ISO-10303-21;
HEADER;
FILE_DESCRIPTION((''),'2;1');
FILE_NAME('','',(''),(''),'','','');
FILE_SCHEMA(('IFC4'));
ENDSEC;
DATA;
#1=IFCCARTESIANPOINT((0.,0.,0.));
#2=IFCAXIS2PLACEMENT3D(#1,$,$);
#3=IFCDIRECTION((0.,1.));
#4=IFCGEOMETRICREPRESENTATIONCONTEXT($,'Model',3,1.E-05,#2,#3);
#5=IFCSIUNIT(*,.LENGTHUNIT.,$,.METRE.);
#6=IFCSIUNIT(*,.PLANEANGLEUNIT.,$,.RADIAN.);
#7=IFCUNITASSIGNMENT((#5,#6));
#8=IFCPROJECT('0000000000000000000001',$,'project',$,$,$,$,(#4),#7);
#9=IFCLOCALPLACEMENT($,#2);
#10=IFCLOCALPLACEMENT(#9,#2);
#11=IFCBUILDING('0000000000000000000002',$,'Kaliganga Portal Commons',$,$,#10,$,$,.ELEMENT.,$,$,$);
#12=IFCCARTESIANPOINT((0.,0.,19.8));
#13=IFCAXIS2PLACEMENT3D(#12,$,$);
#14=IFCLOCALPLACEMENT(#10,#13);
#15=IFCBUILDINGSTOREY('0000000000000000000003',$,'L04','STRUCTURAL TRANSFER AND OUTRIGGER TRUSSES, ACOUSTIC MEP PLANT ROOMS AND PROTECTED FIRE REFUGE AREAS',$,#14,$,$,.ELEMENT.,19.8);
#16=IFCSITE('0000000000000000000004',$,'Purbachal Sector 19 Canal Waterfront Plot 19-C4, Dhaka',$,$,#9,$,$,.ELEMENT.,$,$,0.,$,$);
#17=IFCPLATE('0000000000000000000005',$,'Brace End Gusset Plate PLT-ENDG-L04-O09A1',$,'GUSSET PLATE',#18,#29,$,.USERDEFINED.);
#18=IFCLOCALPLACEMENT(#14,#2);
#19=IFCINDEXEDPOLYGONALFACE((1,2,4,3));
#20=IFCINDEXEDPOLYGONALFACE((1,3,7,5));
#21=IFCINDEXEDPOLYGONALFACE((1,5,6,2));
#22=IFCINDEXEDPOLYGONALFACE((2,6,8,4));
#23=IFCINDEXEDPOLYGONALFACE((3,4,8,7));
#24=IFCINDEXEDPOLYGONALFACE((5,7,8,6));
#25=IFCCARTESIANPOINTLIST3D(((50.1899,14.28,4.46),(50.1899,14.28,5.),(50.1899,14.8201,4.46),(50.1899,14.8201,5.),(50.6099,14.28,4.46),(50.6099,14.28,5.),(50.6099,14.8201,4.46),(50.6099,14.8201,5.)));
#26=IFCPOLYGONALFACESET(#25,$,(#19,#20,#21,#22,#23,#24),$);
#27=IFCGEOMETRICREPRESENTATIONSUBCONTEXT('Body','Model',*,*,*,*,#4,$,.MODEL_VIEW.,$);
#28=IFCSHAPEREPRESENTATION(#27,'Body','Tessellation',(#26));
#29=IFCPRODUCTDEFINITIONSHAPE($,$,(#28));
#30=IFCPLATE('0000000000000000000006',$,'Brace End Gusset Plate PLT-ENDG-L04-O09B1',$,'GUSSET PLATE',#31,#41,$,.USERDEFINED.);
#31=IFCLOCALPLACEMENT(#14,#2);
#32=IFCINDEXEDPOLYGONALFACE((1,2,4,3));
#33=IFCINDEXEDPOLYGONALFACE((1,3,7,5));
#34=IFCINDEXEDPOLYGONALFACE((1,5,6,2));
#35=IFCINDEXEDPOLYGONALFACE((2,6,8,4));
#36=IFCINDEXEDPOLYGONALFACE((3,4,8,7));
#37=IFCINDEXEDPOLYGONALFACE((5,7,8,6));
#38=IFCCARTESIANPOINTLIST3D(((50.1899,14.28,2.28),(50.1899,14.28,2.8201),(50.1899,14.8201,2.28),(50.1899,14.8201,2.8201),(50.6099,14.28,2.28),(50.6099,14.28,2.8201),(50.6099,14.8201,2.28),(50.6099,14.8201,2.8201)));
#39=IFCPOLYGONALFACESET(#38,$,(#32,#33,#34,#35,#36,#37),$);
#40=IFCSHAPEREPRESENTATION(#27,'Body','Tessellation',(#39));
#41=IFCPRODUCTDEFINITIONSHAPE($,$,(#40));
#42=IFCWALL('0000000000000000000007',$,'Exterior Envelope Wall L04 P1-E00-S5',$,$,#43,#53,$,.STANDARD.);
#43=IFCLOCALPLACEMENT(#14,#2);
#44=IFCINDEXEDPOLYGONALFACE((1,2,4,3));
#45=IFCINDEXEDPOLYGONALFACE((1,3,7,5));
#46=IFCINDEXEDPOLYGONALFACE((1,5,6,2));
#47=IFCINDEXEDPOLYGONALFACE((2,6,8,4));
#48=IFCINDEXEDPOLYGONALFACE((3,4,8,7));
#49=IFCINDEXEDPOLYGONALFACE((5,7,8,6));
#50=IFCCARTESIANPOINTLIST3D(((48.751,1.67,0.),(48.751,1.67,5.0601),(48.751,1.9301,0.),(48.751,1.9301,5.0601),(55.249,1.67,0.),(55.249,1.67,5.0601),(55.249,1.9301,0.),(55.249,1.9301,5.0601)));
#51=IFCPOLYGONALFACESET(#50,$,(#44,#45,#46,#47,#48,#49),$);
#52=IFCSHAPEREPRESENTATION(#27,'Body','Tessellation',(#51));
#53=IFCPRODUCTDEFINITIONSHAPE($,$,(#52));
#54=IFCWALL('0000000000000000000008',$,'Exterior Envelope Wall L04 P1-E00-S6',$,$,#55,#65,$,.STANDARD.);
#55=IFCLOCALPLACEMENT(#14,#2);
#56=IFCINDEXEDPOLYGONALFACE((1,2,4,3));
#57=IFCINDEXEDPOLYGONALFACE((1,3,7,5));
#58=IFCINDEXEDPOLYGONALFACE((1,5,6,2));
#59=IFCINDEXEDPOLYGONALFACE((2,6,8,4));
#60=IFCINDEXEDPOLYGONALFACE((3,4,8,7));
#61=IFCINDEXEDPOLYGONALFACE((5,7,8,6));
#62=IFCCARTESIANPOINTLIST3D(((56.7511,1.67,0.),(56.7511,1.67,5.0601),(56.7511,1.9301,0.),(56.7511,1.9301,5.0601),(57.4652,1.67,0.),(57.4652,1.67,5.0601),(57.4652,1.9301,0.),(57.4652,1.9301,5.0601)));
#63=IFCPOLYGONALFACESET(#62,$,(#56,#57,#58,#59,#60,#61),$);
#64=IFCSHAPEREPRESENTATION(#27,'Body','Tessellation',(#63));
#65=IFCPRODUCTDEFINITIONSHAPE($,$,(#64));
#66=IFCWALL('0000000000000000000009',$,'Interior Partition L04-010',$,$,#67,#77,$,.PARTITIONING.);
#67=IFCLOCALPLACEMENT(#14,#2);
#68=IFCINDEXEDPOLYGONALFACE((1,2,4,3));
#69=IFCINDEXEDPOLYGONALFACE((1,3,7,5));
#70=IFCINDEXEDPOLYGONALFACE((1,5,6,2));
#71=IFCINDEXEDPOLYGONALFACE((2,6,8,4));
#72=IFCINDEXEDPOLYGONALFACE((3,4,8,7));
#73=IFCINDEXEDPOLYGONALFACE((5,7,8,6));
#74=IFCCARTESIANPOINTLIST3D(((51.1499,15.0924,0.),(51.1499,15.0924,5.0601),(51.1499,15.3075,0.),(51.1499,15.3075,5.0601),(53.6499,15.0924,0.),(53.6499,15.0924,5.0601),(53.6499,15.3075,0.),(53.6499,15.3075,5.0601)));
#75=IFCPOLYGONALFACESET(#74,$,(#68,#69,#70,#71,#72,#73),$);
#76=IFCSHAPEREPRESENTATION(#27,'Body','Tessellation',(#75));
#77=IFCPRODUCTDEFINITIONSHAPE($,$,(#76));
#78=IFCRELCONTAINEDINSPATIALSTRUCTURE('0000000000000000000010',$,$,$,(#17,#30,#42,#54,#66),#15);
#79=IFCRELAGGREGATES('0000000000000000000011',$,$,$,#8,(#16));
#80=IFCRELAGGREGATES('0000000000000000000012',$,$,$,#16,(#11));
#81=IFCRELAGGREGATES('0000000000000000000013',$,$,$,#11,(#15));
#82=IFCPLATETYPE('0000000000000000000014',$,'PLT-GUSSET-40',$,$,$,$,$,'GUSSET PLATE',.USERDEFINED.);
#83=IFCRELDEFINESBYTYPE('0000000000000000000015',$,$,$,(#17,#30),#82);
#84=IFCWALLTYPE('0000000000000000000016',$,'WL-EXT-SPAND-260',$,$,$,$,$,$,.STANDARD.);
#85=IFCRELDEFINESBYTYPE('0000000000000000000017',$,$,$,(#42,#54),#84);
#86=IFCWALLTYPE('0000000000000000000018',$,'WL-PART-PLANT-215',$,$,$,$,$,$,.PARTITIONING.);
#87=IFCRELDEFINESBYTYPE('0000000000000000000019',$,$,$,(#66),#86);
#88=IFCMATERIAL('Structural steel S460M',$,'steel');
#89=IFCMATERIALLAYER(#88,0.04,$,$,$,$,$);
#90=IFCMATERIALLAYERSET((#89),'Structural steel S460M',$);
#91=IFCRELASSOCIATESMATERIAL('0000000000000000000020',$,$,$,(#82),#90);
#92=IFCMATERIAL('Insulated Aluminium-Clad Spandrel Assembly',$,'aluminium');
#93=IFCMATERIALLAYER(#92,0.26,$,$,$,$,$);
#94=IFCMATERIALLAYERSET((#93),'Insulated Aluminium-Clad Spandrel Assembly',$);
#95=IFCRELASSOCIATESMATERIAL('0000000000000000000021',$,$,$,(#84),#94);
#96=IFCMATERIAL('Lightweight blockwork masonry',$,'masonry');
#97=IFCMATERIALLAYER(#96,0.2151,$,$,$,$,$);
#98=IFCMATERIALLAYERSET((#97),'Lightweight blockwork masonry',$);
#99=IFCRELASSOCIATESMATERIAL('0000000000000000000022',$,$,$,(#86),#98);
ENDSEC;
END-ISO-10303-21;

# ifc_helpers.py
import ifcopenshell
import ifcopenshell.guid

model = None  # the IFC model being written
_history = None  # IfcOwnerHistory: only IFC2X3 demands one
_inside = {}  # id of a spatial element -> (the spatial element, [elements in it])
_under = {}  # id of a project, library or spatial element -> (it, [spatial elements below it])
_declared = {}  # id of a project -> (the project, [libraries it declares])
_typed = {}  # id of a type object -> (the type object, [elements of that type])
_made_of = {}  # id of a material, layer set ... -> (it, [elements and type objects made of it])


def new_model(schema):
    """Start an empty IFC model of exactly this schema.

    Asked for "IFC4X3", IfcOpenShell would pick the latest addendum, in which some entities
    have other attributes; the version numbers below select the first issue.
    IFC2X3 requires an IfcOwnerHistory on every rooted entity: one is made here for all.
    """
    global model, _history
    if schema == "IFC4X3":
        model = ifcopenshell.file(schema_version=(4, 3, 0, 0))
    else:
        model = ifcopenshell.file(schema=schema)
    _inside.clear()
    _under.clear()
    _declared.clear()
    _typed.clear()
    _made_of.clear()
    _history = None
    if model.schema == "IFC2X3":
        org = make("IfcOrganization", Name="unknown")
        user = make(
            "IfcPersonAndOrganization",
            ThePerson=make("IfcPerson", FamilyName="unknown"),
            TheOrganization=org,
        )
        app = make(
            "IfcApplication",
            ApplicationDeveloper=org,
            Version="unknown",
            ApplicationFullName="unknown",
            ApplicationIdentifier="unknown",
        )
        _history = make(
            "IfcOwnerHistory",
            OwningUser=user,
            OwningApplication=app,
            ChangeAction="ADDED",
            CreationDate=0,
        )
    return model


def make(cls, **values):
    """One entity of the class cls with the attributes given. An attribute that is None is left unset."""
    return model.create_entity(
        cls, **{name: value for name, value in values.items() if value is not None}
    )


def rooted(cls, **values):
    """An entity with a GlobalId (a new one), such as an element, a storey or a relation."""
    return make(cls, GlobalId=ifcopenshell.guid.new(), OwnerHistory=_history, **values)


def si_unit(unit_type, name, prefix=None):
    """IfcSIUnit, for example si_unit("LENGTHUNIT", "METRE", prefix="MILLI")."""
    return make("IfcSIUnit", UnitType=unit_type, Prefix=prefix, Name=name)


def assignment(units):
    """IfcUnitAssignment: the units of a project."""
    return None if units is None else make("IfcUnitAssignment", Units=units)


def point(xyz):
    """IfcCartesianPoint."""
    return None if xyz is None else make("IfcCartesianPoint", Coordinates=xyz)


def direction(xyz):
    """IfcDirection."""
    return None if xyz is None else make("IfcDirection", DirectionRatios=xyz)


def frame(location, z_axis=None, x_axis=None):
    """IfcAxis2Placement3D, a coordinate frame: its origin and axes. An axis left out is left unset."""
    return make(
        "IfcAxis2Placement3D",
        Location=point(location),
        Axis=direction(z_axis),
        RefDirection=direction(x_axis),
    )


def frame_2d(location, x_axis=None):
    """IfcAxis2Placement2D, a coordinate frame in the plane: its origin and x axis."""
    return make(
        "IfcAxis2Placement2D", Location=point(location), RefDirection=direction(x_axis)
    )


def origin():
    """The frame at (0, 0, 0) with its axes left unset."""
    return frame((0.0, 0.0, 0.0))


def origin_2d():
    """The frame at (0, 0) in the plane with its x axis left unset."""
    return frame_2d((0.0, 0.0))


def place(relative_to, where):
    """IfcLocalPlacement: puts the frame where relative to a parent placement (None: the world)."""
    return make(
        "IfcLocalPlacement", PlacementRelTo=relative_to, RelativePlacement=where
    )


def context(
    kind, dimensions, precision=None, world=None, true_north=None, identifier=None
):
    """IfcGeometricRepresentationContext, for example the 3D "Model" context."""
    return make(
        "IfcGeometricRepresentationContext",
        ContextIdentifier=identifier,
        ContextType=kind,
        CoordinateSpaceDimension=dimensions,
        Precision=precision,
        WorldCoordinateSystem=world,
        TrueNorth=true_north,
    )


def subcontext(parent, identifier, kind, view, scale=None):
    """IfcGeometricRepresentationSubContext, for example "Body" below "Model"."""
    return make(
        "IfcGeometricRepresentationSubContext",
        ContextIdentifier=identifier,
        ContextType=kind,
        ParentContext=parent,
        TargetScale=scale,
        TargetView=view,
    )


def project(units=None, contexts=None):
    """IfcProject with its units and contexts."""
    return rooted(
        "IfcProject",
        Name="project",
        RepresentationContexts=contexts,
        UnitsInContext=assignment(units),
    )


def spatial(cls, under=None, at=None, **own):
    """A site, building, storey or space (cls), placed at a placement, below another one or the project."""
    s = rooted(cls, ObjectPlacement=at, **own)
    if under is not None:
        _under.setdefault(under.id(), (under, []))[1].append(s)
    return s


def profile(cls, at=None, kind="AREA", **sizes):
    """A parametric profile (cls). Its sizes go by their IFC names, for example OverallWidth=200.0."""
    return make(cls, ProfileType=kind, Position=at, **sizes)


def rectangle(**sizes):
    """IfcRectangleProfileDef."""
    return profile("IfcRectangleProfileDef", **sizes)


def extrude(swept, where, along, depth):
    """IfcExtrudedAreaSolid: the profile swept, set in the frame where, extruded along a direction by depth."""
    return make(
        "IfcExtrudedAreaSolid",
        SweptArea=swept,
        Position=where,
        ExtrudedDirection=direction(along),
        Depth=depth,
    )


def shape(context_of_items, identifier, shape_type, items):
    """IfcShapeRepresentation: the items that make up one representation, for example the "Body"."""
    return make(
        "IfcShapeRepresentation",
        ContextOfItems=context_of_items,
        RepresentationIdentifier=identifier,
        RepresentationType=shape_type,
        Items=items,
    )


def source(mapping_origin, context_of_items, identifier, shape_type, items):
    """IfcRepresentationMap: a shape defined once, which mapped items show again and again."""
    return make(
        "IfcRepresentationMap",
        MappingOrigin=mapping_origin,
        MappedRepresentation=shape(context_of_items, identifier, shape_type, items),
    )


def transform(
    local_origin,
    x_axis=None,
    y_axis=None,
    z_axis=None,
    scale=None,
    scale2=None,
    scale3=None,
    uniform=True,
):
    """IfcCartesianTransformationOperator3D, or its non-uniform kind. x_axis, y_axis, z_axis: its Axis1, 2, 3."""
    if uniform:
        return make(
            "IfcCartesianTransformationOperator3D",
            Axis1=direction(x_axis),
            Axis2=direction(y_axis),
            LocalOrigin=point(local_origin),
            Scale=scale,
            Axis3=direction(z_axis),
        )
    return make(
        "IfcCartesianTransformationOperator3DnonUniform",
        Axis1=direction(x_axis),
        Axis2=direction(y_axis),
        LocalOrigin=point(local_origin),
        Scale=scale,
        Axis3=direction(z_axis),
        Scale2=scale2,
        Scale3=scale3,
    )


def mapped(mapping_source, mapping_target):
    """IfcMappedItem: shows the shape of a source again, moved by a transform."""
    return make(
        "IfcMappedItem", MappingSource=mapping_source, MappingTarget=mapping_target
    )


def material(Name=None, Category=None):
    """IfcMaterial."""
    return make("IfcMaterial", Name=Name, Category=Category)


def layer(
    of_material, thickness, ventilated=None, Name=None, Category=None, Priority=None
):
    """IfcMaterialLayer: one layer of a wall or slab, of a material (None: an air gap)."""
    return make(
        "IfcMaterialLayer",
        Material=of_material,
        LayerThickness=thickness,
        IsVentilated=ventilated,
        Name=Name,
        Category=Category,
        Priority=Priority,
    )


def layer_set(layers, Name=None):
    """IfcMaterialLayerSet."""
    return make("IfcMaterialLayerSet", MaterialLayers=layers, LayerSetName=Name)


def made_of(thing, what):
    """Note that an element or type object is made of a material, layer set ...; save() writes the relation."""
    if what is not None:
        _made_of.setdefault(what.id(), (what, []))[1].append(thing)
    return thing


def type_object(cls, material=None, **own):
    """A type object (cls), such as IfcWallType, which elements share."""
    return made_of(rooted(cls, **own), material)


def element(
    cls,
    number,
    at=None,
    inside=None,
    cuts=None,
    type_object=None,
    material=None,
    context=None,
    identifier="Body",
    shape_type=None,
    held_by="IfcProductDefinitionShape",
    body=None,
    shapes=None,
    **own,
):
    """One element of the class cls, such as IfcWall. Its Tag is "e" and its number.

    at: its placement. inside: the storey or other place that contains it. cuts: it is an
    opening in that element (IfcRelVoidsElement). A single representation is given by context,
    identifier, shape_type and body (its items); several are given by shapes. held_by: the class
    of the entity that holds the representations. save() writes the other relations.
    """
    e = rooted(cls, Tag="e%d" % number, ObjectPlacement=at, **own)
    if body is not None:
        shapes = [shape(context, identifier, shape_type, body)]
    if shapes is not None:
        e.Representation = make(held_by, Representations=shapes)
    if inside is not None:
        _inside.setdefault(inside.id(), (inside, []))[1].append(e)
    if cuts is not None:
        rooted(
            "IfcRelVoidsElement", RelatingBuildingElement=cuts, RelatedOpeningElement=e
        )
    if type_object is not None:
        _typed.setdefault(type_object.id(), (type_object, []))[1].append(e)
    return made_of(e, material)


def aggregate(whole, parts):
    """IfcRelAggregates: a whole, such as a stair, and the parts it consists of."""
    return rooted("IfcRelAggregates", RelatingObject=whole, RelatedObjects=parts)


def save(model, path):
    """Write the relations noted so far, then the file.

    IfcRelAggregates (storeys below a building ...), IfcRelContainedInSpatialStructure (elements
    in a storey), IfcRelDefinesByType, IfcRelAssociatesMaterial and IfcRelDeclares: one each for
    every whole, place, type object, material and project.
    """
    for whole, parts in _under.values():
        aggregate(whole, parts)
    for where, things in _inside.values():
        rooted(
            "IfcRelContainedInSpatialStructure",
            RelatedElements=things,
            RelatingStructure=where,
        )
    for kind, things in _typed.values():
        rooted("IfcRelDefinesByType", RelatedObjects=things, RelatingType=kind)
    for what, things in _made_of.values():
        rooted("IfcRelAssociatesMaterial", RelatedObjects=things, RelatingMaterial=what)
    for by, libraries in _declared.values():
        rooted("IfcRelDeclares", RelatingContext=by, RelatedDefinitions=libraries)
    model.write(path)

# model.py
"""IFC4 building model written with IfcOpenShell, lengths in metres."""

from ifc_helpers import new_model, si_unit, direction, frame, frame_2d, origin, origin_2d, place, context, subcontext, project, spatial, rectangle, extrude, source, transform, mapped, material, layer, layer_set, type_object, element, save


model = new_model("IFC4")

# Units and contexts
model_context = context("Model", 3, precision=1e-05, world=origin(), true_north=direction((0.0, 1.0)))
body_context = subcontext(model_context, "Body", "Model", "MODEL_VIEW")
ifc_project = project(units=[si_unit("LENGTHUNIT", "METRE"), si_unit("PLANEANGLEUNIT", "RADIAN")], contexts=[model_context])

# Site, building, storey
site_placement = place(None, origin())
site = spatial("IfcSite", under=ifc_project, at=site_placement, Name="Purbachal Sector 19 Canal Waterfront Plot 19-C4, Dhaka", CompositionType="ELEMENT", RefElevation=0.0)
building_placement = place(site_placement, origin())
building = spatial("IfcBuilding", under=site, at=building_placement, Name="Kaliganga Portal Commons", CompositionType="ELEMENT")
storey_placement = place(building_placement, frame((0.0, 0.0, 19.8)))
storey = spatial("IfcBuildingStorey", under=building, at=storey_placement, Name="L04", Description="STRUCTURAL TRANSFER AND OUTRIGGER TRUSSES, ACOUSTIC MEP PLANT ROOMS AND PROTECTED FIRE REFUGE AREAS", CompositionType="ELEMENT", Elevation=19.8)

# Shared definitions
ifc_material_1 = material(Name="Structural steel S460M", Category="steel")

# Plates
ifc_layer_1 = layer(ifc_material_1, 0.04)
ifc_layer_set_1 = layer_set([ifc_layer_1], Name="Structural steel S460M")
plate_type = type_object("IfcPlateType", Name="PLT-GUSSET-40", ElementType="GUSSET PLATE", PredefinedType="USERDEFINED", material=ifc_layer_set_1)
shared_shape_1 = source(origin(), body_context, "Body", "SweptSolid", [
    extrude(rectangle(XDim=0.54, YDim=0.4199, at=origin_2d()), origin(), (0.0, 0.0, 1.0), 0.54),
])
for number, where, z_axis, x_axis, name in (
    (1, (50.3999, 14.55, 4.46), (0.0, 0.0, 1.0), (0.0, 1.0, 0.0), "Brace End Gusset Plate PLT-ENDG-L04-O09A1"),
    (2, (50.3999, 14.55, 2.28), (0.0, 0.0, 1.0), (0.0, 1.0, 0.0), "Brace End Gusset Plate PLT-ENDG-L04-O09B1"),
):
    element("IfcPlate", number, at=place(storey_placement, frame(where, z_axis=z_axis, x_axis=x_axis)), inside=storey, type_object=plate_type, Name=name, ObjectType="GUSSET PLATE", PredefinedType="USERDEFINED", context=body_context, shape_type="MappedRepresentation", body=[
        mapped(shared_shape_1, transform((0.0, 0.0, 0.0), x_axis=(1.0, 0.0, 0.0), y_axis=(0.0, 1.0, 0.0), z_axis=(0.0, 0.0, 1.0), scale=1.0)),
    ])

# Walls
ifc_material_2 = material(Name="Insulated Aluminium-Clad Spandrel Assembly", Category="aluminium")
ifc_layer_2 = layer(ifc_material_2, 0.26)
ifc_layer_set_2 = layer_set([ifc_layer_2], Name="Insulated Aluminium-Clad Spandrel Assembly")
wall_type_1 = type_object("IfcWallType", Name="WL-EXT-SPAND-260", PredefinedType="STANDARD", material=ifc_layer_set_2)
wall_1_placement = place(storey_placement, frame((55.249, 1.8, 0.0), z_axis=(0.0, 0.0, 1.0), x_axis=(-1.0, 0.0, 0.0)))
element("IfcWall", 3, at=wall_1_placement, inside=storey, type_object=wall_type_1, Name="Exterior Envelope Wall L04 P1-E00-S5", PredefinedType="STANDARD", context=body_context, shape_type="SweptSolid", body=[
    extrude(rectangle(XDim=6.498, YDim=0.26, at=frame_2d((3.249, 0.0))), origin(), (0.0, 0.0, 1.0), 5.0601),
])
wall_2_placement = place(storey_placement, frame((57.4651, 1.8, 0.0), z_axis=(0.0, 0.0, 1.0), x_axis=(-1.0, 0.0, 0.0)))
element("IfcWall", 4, at=wall_2_placement, inside=storey, type_object=wall_type_1, Name="Exterior Envelope Wall L04 P1-E00-S6", PredefinedType="STANDARD", context=body_context, shape_type="SweptSolid", body=[
    extrude(rectangle(XDim=0.7141, YDim=0.26, at=frame_2d((0.3569, 0.0))), origin(), (0.0, 0.0, 1.0), 5.0601),
])
ifc_material_3 = material(Name="Lightweight blockwork masonry", Category="masonry")
ifc_layer_3 = layer(ifc_material_3, 0.2151)
ifc_layer_set_3 = layer_set([ifc_layer_3], Name="Lightweight blockwork masonry")
wall_type_2 = type_object("IfcWallType", Name="WL-PART-PLANT-215", PredefinedType="PARTITIONING", material=ifc_layer_set_3)
wall_3_placement = place(storey_placement, frame((51.1499, 15.2, 0.0), z_axis=(0.0, 0.0, 1.0), x_axis=(1.0, 0.0, 0.0)))
element("IfcWall", 5, at=wall_3_placement, inside=storey, type_object=wall_type_2, Name="Interior Partition L04-010", PredefinedType="PARTITIONING", context=body_context, shape_type="SweptSolid", body=[
    extrude(rectangle(XDim=2.5, YDim=0.2151, at=frame_2d((1.25, 0.0))), origin(), (0.0, 0.0, 1.0), 5.0601),
])

save(model, "model.ifc")
